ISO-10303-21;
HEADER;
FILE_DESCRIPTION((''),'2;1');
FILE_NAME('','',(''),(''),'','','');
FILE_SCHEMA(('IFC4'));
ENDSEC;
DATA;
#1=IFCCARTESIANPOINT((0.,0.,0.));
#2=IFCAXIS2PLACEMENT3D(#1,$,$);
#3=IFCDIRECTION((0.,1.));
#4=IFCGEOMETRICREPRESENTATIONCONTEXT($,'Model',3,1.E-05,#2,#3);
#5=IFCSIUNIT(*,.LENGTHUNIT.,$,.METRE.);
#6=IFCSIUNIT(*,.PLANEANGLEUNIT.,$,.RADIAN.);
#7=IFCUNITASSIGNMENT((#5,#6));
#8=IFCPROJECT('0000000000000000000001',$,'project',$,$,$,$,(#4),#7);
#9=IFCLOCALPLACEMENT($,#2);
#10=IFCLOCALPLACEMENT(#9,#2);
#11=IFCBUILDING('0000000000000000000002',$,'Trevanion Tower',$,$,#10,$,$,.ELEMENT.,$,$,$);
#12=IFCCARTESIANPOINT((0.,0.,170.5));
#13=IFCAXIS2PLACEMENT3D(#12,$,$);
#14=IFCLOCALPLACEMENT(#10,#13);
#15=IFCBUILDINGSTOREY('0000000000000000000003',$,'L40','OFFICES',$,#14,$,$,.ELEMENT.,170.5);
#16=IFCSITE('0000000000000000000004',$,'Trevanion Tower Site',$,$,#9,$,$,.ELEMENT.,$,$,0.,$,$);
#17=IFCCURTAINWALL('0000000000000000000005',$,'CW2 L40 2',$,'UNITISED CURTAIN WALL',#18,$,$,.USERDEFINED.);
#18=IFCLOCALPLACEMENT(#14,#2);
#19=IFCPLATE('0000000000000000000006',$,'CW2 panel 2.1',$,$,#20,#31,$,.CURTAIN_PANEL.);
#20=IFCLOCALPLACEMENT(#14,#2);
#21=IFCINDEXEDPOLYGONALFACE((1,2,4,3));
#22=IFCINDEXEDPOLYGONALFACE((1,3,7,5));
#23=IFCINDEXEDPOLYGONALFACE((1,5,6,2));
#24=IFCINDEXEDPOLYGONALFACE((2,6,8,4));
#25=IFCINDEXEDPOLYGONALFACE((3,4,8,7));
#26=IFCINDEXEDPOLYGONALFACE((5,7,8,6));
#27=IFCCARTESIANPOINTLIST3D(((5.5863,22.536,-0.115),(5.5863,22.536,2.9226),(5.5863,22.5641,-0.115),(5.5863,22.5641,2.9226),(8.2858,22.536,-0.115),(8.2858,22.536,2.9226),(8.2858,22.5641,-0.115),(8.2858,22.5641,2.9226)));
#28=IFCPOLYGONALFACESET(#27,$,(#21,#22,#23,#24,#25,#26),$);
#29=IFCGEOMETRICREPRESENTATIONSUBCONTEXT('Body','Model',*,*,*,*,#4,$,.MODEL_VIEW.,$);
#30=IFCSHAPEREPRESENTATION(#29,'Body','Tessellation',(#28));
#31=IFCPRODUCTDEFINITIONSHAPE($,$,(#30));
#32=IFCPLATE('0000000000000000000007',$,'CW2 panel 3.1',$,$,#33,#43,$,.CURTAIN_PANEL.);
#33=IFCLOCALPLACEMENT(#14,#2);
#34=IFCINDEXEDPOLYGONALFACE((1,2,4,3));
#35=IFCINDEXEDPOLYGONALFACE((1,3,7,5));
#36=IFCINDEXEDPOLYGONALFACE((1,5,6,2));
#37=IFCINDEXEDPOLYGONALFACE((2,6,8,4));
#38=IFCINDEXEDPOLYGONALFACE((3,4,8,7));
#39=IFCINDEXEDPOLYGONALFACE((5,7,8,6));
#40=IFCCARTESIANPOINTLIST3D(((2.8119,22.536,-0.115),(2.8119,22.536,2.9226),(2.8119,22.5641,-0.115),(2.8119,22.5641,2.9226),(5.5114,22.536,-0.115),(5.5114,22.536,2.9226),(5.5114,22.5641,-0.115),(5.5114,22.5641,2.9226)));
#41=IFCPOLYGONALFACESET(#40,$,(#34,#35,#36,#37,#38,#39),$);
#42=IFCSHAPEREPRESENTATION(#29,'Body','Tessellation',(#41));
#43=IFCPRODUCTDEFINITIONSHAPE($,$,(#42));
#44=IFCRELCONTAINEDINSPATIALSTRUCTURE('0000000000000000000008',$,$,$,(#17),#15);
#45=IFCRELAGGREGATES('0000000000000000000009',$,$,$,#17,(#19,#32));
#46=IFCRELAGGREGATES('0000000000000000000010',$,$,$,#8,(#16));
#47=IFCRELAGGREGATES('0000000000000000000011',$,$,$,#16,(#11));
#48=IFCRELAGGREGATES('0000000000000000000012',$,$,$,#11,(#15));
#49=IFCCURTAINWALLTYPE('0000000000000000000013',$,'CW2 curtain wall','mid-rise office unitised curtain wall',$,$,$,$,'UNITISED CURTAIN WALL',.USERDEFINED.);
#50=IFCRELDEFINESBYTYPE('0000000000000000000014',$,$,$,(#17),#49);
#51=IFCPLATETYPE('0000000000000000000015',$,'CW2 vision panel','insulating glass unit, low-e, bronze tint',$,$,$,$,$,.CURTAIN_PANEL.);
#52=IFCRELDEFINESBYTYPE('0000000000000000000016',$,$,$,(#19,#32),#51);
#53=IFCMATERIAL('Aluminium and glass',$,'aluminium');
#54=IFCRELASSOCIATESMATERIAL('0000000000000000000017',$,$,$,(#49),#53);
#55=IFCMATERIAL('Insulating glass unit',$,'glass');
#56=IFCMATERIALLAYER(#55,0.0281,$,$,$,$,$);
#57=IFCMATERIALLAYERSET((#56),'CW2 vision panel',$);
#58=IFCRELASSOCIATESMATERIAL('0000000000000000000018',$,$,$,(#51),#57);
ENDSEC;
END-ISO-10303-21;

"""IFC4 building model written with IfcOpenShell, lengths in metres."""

from ifc_helpers import new_model, si_unit, direction, frame, origin, origin_2d, place, context, subcontext, project, spatial, rectangle, extrude, material, layer, layer_set, type_object, element, aggregate, save


model = new_model("IFC4")

# Units and contexts
model_context = context("Model", 3, precision=1e-05, world=origin(), true_north=direction((0.0, 1.0)))
body_context = subcontext(model_context, "Body", "Model", "MODEL_VIEW")
ifc_project = project(units=[si_unit("LENGTHUNIT", "METRE"), si_unit("PLANEANGLEUNIT", "RADIAN")], contexts=[model_context])

# Site, building, storey
site_placement = place(None, origin())
site = spatial("IfcSite", under=ifc_project, at=site_placement, Name="Trevanion Tower Site", CompositionType="ELEMENT", RefElevation=0.0)
building_placement = place(site_placement, origin())
building = spatial("IfcBuilding", under=site, at=building_placement, Name="Trevanion Tower", CompositionType="ELEMENT")
storey_placement = place(building_placement, frame((0.0, 0.0, 170.5)))
storey = spatial("IfcBuildingStorey", under=building, at=storey_placement, Name="L40", Description="OFFICES", CompositionType="ELEMENT", Elevation=170.5)

# Curtain wall, plates
ifc_material_1 = material(Name="Aluminium and glass", Category="aluminium")
curtain_wall_type = type_object("IfcCurtainWallType", Name="CW2 curtain wall", Description="mid-rise office unitised curtain wall", ElementType="UNITISED CURTAIN WALL", PredefinedType="USERDEFINED", material=ifc_material_1)
curtain_wall_placement = place(storey_placement, origin())
curtain_wall = element("IfcCurtainWall", 1, at=curtain_wall_placement, inside=storey, type_object=curtain_wall_type, Name="CW2 L40 2", ObjectType="UNITISED CURTAIN WALL", PredefinedType="USERDEFINED")
ifc_material_2 = material(Name="Insulating glass unit", Category="glass")
ifc_layer_1 = layer(ifc_material_2, 0.0281)
ifc_layer_set_1 = layer_set([ifc_layer_1], Name="CW2 vision panel")
plate_type_1 = type_object("IfcPlateType", Name="CW2 vision panel", Description="insulating glass unit, low-e, bronze tint", PredefinedType="CURTAIN_PANEL", material=ifc_layer_set_1)
plate_1_placement = place(storey_placement, frame((6.936, 22.55, -0.115), z_axis=(0.0, 0.0, 1.0), x_axis=(-1.0, 0.0, 0.0)))
plate_1 = element("IfcPlate", 2, at=plate_1_placement, type_object=plate_type_1, Name="CW2 panel 2.1", PredefinedType="CURTAIN_PANEL", context=body_context, shape_type="SweptSolid", body=[
    extrude(rectangle(XDim=2.6995, YDim=0.0281, at=origin_2d()), origin(), (0.0, 0.0, 1.0), 3.0376),
])
plate_2_placement = place(storey_placement, frame((4.1616, 22.55, -0.115), z_axis=(0.0, 0.0, 1.0), x_axis=(-1.0, 0.0, 0.0)))
plate_2 = element("IfcPlate", 3, at=plate_2_placement, type_object=plate_type_1, Name="CW2 panel 3.1", PredefinedType="CURTAIN_PANEL", context=body_context, shape_type="SweptSolid", body=[
    extrude(rectangle(XDim=2.6995, YDim=0.0281, at=origin_2d()), origin(), (0.0, 0.0, 1.0), 3.0376),
])
aggregate(curtain_wall, [plate_1, plate_2])

save(model, "model.ifc")
